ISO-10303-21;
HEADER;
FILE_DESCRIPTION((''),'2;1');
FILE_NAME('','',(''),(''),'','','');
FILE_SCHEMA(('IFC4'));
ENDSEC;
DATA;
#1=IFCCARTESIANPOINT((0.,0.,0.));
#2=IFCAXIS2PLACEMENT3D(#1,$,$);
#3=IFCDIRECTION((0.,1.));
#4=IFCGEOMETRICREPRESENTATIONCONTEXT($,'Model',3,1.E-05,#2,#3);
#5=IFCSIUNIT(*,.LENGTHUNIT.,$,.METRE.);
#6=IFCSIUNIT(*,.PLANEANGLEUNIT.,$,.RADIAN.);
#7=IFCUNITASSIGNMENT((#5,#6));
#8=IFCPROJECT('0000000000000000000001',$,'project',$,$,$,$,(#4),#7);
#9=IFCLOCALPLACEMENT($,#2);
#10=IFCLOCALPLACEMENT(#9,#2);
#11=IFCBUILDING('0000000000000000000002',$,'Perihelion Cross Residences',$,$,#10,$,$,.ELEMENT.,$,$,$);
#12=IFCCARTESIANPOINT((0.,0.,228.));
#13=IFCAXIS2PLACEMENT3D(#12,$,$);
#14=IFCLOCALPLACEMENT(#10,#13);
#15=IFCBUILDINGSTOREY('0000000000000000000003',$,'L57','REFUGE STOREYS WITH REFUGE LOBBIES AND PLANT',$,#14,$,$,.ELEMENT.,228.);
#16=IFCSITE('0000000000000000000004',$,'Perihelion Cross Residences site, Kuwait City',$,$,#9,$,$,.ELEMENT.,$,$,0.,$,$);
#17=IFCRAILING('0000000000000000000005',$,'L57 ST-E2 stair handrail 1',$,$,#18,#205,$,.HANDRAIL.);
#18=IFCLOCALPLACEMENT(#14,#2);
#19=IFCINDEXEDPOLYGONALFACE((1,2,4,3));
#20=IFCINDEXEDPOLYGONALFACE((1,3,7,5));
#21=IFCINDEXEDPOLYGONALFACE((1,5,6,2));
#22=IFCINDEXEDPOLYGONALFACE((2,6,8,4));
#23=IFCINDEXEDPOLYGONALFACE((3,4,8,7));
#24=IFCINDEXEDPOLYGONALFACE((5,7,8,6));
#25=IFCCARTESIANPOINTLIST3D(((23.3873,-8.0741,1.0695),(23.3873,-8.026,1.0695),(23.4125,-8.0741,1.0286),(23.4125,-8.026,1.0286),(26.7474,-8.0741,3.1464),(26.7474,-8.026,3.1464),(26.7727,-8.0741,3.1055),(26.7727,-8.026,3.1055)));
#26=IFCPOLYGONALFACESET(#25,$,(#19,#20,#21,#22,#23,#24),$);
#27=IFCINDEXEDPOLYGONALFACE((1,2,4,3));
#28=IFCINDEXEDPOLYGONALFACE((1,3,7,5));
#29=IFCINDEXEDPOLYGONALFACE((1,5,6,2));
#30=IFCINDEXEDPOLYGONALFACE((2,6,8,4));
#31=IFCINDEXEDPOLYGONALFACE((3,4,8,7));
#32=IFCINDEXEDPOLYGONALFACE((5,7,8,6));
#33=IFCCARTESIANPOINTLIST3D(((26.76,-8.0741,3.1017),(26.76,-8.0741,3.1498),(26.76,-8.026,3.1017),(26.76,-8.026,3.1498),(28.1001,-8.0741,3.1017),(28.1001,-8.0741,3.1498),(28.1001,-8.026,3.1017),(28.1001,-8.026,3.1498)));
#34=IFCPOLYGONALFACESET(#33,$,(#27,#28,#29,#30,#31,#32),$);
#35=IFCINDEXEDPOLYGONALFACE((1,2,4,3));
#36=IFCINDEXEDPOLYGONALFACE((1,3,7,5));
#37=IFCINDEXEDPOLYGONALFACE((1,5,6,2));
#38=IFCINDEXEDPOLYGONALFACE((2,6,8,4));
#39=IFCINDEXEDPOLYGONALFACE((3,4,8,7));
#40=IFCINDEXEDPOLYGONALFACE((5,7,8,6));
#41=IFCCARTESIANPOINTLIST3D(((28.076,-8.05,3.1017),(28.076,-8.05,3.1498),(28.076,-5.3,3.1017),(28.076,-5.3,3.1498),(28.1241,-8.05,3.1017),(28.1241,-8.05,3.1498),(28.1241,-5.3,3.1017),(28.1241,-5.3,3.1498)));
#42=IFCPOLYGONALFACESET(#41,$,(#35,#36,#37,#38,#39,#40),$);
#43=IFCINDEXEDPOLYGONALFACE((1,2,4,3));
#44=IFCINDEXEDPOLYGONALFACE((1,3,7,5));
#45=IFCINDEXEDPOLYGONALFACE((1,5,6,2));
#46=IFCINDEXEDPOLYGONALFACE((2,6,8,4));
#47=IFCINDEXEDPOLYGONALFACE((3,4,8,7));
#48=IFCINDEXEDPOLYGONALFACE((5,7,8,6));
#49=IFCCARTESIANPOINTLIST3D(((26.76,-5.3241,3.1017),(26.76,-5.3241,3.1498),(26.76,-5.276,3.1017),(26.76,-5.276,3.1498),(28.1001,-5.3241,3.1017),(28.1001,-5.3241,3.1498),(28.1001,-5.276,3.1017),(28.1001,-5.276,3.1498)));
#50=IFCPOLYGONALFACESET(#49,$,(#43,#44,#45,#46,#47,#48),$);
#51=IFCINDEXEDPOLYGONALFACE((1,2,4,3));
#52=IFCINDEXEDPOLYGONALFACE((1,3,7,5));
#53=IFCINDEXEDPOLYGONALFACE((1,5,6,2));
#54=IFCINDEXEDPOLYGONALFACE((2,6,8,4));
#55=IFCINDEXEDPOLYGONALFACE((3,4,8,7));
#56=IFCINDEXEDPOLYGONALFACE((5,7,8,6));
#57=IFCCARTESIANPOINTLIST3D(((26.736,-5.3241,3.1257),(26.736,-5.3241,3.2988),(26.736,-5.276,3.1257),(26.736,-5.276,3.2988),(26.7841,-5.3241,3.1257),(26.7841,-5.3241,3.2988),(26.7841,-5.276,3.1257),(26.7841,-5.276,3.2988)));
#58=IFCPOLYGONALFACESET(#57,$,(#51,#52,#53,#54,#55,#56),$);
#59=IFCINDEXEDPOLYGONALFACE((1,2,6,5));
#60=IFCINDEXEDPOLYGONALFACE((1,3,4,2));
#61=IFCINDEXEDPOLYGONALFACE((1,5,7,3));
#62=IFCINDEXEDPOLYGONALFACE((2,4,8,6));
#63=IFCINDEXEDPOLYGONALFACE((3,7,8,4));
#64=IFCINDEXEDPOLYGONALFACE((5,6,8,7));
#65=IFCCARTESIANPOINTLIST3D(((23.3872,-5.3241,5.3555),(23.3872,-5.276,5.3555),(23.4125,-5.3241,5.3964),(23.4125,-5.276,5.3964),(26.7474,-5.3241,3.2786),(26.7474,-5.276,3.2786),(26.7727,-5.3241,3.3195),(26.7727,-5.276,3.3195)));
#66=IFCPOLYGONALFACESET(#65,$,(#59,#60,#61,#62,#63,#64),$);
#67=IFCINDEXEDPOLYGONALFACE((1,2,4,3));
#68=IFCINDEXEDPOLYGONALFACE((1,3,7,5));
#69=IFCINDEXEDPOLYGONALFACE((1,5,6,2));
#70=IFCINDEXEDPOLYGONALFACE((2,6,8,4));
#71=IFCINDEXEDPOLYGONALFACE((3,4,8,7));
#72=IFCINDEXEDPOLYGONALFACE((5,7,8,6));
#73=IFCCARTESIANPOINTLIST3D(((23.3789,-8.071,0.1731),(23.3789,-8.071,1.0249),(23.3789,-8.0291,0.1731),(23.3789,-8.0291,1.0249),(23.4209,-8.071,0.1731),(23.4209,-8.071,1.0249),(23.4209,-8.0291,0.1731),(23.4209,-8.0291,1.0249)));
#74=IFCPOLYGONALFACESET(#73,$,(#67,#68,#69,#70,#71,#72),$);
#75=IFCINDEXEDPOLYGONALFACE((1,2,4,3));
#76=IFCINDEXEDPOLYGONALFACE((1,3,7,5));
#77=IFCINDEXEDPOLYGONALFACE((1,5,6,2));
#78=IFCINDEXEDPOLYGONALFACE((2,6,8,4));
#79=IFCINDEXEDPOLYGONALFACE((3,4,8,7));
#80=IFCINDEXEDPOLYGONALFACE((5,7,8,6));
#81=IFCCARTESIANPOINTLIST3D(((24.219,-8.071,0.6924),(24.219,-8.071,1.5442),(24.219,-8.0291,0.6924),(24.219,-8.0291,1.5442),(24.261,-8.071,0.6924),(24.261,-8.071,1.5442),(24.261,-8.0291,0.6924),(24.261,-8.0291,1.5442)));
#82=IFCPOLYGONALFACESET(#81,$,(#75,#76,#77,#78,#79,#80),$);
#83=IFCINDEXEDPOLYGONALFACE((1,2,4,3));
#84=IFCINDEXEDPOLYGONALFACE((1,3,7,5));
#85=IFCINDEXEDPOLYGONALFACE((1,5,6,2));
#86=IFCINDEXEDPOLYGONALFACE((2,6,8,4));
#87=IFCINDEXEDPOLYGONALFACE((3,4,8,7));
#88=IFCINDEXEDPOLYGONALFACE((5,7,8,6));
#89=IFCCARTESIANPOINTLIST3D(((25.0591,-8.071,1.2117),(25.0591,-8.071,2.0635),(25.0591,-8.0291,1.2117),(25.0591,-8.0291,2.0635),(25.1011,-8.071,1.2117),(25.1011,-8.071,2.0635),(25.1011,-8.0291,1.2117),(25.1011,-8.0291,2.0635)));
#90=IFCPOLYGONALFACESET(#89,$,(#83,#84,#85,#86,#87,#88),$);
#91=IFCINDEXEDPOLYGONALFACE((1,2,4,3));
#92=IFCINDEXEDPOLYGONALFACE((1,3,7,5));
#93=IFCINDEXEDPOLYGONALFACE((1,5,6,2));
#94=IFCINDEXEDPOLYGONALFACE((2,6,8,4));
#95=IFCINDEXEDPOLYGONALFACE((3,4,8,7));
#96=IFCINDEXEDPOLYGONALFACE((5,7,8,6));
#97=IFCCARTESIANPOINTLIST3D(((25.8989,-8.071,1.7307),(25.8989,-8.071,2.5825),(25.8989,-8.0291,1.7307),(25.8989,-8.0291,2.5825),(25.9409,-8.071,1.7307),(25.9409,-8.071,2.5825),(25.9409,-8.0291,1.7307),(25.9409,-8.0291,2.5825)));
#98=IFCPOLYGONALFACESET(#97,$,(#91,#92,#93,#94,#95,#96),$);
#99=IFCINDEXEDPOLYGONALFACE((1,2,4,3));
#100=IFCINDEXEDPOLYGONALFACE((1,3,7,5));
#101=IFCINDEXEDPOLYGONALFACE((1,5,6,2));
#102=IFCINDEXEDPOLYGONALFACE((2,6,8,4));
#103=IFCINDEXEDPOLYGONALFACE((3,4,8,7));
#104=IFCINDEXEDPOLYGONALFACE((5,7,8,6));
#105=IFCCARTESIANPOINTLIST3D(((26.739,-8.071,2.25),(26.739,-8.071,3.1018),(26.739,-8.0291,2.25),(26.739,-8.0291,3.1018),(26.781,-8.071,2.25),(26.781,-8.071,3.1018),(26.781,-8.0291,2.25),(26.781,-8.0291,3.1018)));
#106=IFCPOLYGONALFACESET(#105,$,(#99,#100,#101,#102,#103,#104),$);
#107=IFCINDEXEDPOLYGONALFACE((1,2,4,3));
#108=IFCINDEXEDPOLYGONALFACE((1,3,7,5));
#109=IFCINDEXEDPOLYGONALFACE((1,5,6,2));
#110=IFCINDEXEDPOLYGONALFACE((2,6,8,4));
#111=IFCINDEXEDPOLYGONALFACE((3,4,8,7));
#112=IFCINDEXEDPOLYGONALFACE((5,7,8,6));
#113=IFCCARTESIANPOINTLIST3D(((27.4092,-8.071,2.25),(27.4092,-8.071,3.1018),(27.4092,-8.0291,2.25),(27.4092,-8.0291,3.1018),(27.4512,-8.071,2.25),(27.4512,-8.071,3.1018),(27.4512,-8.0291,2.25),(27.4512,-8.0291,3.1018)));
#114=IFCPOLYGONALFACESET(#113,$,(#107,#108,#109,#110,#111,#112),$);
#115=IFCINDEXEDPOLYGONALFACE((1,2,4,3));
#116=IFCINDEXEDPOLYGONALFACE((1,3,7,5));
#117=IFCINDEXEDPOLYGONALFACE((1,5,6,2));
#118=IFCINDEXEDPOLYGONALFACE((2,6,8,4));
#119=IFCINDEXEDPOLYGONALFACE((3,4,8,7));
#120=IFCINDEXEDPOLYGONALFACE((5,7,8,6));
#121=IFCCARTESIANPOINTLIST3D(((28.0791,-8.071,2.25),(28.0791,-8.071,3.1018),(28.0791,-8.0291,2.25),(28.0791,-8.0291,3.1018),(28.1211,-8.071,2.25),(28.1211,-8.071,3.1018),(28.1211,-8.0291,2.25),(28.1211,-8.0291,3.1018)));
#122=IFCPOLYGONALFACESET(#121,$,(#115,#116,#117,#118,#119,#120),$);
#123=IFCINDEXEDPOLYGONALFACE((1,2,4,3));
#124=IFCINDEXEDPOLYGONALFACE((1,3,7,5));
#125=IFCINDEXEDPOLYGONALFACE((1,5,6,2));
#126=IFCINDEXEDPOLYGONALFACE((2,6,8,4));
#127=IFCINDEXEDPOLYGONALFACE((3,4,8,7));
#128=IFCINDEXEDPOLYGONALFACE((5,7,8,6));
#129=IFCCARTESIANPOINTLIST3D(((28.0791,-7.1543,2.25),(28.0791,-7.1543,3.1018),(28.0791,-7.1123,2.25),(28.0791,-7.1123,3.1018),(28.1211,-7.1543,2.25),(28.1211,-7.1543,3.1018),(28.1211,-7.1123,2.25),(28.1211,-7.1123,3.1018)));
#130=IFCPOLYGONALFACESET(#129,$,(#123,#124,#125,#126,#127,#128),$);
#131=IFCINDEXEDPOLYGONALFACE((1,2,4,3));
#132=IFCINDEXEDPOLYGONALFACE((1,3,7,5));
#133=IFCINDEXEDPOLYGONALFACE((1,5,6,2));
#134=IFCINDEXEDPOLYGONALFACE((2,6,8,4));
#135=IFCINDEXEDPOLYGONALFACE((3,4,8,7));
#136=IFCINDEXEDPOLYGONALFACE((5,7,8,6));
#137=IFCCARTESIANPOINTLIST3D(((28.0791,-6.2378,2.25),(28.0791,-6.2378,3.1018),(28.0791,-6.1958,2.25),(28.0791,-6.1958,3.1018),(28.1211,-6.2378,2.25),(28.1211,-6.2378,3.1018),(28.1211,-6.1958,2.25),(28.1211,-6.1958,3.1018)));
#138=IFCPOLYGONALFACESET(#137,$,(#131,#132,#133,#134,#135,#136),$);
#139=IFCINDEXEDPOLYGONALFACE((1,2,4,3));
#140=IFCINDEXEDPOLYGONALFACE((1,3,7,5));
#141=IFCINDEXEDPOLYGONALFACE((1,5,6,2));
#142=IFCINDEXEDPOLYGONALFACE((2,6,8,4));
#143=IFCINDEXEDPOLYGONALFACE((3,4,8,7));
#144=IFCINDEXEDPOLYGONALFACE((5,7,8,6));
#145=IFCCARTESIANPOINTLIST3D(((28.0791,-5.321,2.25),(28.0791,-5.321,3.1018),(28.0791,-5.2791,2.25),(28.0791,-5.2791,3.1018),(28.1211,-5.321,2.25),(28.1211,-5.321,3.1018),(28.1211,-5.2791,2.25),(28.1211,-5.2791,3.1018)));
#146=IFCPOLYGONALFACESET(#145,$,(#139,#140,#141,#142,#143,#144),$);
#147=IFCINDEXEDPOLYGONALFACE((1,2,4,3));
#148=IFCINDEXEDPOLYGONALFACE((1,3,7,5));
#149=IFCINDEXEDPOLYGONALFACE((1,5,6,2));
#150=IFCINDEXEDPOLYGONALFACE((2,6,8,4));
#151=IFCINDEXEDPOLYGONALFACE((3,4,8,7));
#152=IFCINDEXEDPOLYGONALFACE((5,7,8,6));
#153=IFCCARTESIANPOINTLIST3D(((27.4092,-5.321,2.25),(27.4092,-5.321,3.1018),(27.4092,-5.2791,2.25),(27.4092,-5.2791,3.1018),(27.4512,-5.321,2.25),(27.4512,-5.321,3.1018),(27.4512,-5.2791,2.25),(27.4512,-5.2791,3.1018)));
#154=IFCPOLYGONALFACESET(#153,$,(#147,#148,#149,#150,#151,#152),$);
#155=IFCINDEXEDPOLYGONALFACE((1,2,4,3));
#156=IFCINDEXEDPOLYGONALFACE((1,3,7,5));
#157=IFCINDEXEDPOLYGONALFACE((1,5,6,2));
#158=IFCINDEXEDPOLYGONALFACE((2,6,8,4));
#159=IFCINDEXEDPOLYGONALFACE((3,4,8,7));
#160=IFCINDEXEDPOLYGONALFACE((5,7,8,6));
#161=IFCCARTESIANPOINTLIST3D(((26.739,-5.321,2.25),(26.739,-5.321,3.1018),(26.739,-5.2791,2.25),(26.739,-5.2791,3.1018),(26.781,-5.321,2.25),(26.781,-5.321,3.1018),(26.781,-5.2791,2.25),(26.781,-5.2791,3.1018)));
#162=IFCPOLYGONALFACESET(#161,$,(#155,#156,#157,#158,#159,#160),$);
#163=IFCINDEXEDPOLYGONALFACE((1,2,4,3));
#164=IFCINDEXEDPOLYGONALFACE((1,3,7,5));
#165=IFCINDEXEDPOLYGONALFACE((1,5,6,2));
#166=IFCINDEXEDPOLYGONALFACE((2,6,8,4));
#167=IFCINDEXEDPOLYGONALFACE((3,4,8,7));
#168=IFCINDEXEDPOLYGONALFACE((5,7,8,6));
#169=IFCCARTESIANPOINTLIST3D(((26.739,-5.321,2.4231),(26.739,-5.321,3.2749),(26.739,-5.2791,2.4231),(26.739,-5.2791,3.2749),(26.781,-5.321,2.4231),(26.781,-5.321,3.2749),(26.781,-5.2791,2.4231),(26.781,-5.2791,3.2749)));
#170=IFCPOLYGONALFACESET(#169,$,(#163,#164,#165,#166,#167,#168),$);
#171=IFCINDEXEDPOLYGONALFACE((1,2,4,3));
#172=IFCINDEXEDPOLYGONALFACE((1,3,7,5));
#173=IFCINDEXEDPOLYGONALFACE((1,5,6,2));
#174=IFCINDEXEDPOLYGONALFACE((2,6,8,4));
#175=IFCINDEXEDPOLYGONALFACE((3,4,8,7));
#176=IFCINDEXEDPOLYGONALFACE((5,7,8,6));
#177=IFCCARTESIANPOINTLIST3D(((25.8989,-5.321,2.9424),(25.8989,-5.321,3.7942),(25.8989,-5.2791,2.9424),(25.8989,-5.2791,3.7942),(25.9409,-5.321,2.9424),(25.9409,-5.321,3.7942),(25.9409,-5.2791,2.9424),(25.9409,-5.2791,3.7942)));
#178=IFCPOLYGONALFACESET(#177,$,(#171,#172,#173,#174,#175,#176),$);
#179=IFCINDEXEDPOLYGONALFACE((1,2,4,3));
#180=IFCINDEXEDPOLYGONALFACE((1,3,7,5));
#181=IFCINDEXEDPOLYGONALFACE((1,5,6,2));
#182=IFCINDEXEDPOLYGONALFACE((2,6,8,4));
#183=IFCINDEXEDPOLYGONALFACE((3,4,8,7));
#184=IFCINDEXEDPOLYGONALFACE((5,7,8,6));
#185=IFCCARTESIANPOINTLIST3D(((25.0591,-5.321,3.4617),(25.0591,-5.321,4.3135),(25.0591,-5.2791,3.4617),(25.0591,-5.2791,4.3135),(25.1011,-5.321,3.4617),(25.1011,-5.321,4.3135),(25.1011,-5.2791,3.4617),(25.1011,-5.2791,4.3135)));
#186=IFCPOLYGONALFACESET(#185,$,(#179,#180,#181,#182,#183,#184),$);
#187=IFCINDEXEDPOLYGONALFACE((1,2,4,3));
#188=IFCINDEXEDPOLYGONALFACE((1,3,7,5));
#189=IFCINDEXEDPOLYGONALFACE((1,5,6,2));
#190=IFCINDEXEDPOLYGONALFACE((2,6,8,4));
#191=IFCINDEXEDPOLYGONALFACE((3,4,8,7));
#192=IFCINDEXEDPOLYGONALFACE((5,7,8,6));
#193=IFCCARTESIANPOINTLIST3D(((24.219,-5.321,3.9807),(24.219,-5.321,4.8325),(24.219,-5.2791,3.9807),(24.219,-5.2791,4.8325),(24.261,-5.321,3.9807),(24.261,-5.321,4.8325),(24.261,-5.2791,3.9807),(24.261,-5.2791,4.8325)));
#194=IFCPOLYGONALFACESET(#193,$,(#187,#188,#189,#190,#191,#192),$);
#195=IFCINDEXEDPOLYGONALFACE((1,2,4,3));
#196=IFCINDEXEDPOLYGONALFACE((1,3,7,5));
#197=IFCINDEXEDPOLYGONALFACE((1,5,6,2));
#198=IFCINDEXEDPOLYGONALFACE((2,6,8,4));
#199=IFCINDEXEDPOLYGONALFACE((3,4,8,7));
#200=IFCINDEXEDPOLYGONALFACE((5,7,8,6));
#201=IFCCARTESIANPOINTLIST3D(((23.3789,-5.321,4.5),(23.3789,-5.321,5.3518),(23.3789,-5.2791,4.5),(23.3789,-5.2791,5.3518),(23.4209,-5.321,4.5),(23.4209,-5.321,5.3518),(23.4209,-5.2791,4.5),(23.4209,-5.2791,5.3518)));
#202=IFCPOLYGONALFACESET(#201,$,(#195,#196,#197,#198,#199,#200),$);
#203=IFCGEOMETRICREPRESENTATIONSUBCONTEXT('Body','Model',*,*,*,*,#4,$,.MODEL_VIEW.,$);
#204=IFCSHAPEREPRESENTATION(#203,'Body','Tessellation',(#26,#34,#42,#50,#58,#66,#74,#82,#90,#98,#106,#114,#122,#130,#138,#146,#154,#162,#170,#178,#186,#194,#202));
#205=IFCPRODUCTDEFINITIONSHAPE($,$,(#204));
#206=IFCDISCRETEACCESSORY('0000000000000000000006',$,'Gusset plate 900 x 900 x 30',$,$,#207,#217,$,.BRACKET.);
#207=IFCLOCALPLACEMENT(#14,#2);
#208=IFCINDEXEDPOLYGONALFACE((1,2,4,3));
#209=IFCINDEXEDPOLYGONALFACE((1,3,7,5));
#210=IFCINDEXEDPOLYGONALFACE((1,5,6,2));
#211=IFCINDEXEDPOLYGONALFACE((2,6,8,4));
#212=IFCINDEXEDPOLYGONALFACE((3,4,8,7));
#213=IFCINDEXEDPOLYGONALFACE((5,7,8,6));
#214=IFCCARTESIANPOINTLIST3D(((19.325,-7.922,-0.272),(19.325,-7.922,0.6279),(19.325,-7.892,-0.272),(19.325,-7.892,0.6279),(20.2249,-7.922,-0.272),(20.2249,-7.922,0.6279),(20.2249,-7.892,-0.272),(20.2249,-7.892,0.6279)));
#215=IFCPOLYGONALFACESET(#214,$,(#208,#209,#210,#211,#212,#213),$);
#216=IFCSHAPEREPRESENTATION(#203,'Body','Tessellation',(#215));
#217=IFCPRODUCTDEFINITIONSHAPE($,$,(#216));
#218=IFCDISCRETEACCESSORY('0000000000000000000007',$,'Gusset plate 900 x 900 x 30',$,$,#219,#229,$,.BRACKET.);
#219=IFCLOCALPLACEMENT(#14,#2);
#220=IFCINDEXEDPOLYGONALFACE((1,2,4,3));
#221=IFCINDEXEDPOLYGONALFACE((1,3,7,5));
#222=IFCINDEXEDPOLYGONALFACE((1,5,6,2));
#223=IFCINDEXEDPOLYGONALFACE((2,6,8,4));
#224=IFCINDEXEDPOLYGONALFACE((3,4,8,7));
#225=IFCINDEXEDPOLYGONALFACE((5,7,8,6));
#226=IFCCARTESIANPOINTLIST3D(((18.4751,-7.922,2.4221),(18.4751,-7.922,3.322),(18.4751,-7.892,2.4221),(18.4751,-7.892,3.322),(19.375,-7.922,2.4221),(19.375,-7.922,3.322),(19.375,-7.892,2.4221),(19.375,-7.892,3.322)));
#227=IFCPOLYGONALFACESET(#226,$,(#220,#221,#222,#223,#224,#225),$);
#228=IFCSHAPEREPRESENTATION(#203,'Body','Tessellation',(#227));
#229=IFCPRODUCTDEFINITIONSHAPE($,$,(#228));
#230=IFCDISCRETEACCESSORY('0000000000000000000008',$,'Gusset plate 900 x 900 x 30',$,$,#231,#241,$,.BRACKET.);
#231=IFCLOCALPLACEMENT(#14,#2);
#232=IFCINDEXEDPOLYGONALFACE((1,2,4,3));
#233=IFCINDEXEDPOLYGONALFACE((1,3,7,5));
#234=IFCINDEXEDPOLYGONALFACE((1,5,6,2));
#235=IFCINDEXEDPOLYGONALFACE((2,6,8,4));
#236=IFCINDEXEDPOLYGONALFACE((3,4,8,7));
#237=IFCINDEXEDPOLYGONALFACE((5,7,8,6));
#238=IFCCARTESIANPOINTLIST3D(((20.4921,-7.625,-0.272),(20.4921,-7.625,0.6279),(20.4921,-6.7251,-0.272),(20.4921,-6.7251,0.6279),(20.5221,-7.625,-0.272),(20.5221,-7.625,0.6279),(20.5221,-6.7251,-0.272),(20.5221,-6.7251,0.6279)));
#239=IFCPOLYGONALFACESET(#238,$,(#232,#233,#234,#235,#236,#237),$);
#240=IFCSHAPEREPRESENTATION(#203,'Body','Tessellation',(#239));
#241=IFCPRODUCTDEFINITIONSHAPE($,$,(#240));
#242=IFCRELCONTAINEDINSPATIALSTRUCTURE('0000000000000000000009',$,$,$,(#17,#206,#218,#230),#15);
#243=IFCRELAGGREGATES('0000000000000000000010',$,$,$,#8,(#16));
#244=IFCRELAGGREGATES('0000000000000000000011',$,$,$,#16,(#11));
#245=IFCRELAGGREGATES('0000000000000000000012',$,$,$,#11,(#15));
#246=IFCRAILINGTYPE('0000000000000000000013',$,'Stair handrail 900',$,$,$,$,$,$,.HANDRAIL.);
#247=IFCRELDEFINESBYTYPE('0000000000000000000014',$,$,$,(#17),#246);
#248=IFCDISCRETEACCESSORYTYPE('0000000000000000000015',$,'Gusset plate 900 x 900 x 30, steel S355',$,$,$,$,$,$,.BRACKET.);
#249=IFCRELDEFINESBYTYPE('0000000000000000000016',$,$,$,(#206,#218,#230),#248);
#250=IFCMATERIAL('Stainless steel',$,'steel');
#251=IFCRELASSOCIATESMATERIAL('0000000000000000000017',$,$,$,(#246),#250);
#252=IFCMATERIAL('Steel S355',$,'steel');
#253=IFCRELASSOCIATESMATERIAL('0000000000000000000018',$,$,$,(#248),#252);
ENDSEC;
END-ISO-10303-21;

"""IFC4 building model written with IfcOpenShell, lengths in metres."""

from ifc_helpers import new_model, si_unit, direction, frame, origin, origin_2d, place, context, subcontext, project, spatial, rectangle, extrude, material, type_object, element, save


model = new_model("IFC4")

# Units and contexts
model_context = context("Model", 3, precision=1e-05, world=origin(), true_north=direction((0.0, 1.0)))
body_context = subcontext(model_context, "Body", "Model", "MODEL_VIEW")
ifc_project = project(units=[si_unit("LENGTHUNIT", "METRE"), si_unit("PLANEANGLEUNIT", "RADIAN")], contexts=[model_context])

# Site, building, storey
site_placement = place(None, origin())
site = spatial("IfcSite", under=ifc_project, at=site_placement, Name="Perihelion Cross Residences site, Kuwait City", CompositionType="ELEMENT", RefElevation=0.0)
building_placement = place(site_placement, origin())
building = spatial("IfcBuilding", under=site, at=building_placement, Name="Perihelion Cross Residences", CompositionType="ELEMENT")
storey_placement = place(building_placement, frame((0.0, 0.0, 228.0)))
storey = spatial("IfcBuildingStorey", under=building, at=storey_placement, Name="L57", Description="REFUGE STOREYS WITH REFUGE LOBBIES AND PLANT", CompositionType="ELEMENT", Elevation=228.0)

# Railing
ifc_material_1 = material(Name="Stainless steel", Category="steel")
railing_type_1 = type_object("IfcRailingType", Name="Stair handrail 900", PredefinedType="HANDRAIL", material=ifc_material_1)
railing_1_placement = place(storey_placement, frame((23.3999, -8.05, 0.1731)))
element("IfcRailing", 1, at=railing_1_placement, inside=storey, type_object=railing_type_1, Name="L57 ST-E2 stair handrail 1", PredefinedType="HANDRAIL", context=body_context, shape_type="SweptSolid", body=[
    extrude(rectangle(XDim=0.0481, YDim=0.0481, at=origin_2d()), frame((0.0, 0.0, 0.876), z_axis=(0.850623, 0.0, 0.525776), x_axis=(0.0, 1.0, 0.0)), (0.0, 0.0, 1.0), 3.9502),
    extrude(rectangle(XDim=0.0481, YDim=0.0481, at=origin_2d()), frame((3.3601, 0.0, 2.9526), z_axis=(1.0, 0.0, 0.0), x_axis=(0.0, 1.0, 0.0)), (0.0, 0.0, 1.0), 1.3401),
    extrude(rectangle(XDim=0.0481, YDim=0.0481, at=origin_2d()), frame((4.7002, 0.0, 2.9526), z_axis=(0.0, 1.0, 0.0), x_axis=(-1.0, 0.0, 0.0)), (0.0, 0.0, 1.0), 2.75),
    extrude(rectangle(XDim=0.0481, YDim=0.0481, at=origin_2d()), frame((4.7002, 2.75, 2.9526), z_axis=(-1.0, 0.0, 0.0), x_axis=(0.0, -1.0, 0.0)), (0.0, 0.0, 1.0), 1.3401),
    extrude(rectangle(XDim=0.0481, YDim=0.0481, at=origin_2d()), frame((3.3601, 2.75, 2.9526), z_axis=(0.0, 0.0, 1.0), x_axis=(1.0, 0.0, 0.0)), (0.0, 0.0, 1.0), 0.1731),
    extrude(rectangle(XDim=0.0481, YDim=0.0481, at=origin_2d()), frame((3.3601, 2.75, 3.126), z_axis=(-0.850623, 0.0, 0.525776), x_axis=(0.0, -1.0, 0.0)), (0.0, 0.0, 1.0), 3.9502),
    extrude(rectangle(XDim=0.042, YDim=0.042, at=origin_2d()), origin(), (0.0, 0.0, 1.0), 0.8518),
    extrude(rectangle(XDim=0.042, YDim=0.042, at=origin_2d()), frame((0.8401, 0.0, 0.5193)), (0.0, 0.0, 1.0), 0.8518),
    extrude(rectangle(XDim=0.042, YDim=0.042, at=origin_2d()), frame((1.6802, 0.0, 1.0386)), (0.0, 0.0, 1.0), 0.8518),
    extrude(rectangle(XDim=0.042, YDim=0.042, at=origin_2d()), frame((2.52, 0.0, 1.5576)), (0.0, 0.0, 1.0), 0.8518),
    extrude(rectangle(XDim=0.042, YDim=0.042, at=origin_2d()), frame((3.3601, 0.0, 2.0769)), (0.0, 0.0, 1.0), 0.8518),
    extrude(rectangle(XDim=0.042, YDim=0.042, at=origin_2d()), frame((4.0303, 0.0, 2.0769)), (0.0, 0.0, 1.0), 0.8518),
    extrude(rectangle(XDim=0.042, YDim=0.042, at=origin_2d()), frame((4.7002, 0.0, 2.0769)), (0.0, 0.0, 1.0), 0.8518),
    extrude(rectangle(XDim=0.042, YDim=0.042, at=origin_2d()), frame((4.7002, 0.9167, 2.0769)), (0.0, 0.0, 1.0), 0.8518),
    extrude(rectangle(XDim=0.042, YDim=0.042, at=origin_2d()), frame((4.7002, 1.8333, 2.0769)), (0.0, 0.0, 1.0), 0.8518),
    extrude(rectangle(XDim=0.042, YDim=0.042, at=origin_2d()), frame((4.7002, 2.75, 2.0769)), (0.0, 0.0, 1.0), 0.8518),
    extrude(rectangle(XDim=0.042, YDim=0.042, at=origin_2d()), frame((4.0303, 2.75, 2.0769)), (0.0, 0.0, 1.0), 0.8518),
    extrude(rectangle(XDim=0.042, YDim=0.042, at=origin_2d()), frame((3.3601, 2.75, 2.0769)), (0.0, 0.0, 1.0), 0.8518),
    extrude(rectangle(XDim=0.042, YDim=0.042, at=origin_2d()), frame((3.3601, 2.75, 2.25)), (0.0, 0.0, 1.0), 0.8518),
    extrude(rectangle(XDim=0.042, YDim=0.042, at=origin_2d()), frame((2.52, 2.75, 2.7693)), (0.0, 0.0, 1.0), 0.8518),
    extrude(rectangle(XDim=0.042, YDim=0.042, at=origin_2d()), frame((1.6802, 2.75, 3.2886)), (0.0, 0.0, 1.0), 0.8518),
    extrude(rectangle(XDim=0.042, YDim=0.042, at=origin_2d()), frame((0.8401, 2.75, 3.8076)), (0.0, 0.0, 1.0), 0.8518),
    extrude(rectangle(XDim=0.042, YDim=0.042, at=origin_2d()), frame((0.0, 2.75, 4.3269)), (0.0, 0.0, 1.0), 0.8518),
])

# Discrete accessories
ifc_material_2 = material(Name="Steel S355", Category="steel")
discrete_accessory_type = type_object("IfcDiscreteAccessoryType", Name="Gusset plate 900 x 900 x 30, steel S355", PredefinedType="BRACKET", material=ifc_material_2)
for number, where, z_axis, x_axis, name in (
    (2, (19.7749, -7.907, -0.272), (0.0, 0.0, 1.0), (-1.0, 0.0, 0.0), "Gusset plate 900 x 900 x 30"),
    (3, (18.925, -7.907, 2.4221), (0.0, 0.0, 1.0), (1.0, 0.0, 0.0), "Gusset plate 900 x 900 x 30"),
    (4, (20.5071, -7.175, -0.272), (0.0, 0.0, 1.0), (0.0, 1.0, 0.0), "Gusset plate 900 x 900 x 30"),
):
    element("IfcDiscreteAccessory", number, at=place(storey_placement, frame(where, z_axis=z_axis, x_axis=x_axis)), inside=storey, type_object=discrete_accessory_type, Name=name, PredefinedType="BRACKET", context=body_context, shape_type="SweptSolid", body=[
        extrude(rectangle(XDim=0.8999, YDim=0.03, at=origin_2d()), origin(), (0.0, 0.0, 1.0), 0.8999),
    ])

save(model, "model.ifc")
